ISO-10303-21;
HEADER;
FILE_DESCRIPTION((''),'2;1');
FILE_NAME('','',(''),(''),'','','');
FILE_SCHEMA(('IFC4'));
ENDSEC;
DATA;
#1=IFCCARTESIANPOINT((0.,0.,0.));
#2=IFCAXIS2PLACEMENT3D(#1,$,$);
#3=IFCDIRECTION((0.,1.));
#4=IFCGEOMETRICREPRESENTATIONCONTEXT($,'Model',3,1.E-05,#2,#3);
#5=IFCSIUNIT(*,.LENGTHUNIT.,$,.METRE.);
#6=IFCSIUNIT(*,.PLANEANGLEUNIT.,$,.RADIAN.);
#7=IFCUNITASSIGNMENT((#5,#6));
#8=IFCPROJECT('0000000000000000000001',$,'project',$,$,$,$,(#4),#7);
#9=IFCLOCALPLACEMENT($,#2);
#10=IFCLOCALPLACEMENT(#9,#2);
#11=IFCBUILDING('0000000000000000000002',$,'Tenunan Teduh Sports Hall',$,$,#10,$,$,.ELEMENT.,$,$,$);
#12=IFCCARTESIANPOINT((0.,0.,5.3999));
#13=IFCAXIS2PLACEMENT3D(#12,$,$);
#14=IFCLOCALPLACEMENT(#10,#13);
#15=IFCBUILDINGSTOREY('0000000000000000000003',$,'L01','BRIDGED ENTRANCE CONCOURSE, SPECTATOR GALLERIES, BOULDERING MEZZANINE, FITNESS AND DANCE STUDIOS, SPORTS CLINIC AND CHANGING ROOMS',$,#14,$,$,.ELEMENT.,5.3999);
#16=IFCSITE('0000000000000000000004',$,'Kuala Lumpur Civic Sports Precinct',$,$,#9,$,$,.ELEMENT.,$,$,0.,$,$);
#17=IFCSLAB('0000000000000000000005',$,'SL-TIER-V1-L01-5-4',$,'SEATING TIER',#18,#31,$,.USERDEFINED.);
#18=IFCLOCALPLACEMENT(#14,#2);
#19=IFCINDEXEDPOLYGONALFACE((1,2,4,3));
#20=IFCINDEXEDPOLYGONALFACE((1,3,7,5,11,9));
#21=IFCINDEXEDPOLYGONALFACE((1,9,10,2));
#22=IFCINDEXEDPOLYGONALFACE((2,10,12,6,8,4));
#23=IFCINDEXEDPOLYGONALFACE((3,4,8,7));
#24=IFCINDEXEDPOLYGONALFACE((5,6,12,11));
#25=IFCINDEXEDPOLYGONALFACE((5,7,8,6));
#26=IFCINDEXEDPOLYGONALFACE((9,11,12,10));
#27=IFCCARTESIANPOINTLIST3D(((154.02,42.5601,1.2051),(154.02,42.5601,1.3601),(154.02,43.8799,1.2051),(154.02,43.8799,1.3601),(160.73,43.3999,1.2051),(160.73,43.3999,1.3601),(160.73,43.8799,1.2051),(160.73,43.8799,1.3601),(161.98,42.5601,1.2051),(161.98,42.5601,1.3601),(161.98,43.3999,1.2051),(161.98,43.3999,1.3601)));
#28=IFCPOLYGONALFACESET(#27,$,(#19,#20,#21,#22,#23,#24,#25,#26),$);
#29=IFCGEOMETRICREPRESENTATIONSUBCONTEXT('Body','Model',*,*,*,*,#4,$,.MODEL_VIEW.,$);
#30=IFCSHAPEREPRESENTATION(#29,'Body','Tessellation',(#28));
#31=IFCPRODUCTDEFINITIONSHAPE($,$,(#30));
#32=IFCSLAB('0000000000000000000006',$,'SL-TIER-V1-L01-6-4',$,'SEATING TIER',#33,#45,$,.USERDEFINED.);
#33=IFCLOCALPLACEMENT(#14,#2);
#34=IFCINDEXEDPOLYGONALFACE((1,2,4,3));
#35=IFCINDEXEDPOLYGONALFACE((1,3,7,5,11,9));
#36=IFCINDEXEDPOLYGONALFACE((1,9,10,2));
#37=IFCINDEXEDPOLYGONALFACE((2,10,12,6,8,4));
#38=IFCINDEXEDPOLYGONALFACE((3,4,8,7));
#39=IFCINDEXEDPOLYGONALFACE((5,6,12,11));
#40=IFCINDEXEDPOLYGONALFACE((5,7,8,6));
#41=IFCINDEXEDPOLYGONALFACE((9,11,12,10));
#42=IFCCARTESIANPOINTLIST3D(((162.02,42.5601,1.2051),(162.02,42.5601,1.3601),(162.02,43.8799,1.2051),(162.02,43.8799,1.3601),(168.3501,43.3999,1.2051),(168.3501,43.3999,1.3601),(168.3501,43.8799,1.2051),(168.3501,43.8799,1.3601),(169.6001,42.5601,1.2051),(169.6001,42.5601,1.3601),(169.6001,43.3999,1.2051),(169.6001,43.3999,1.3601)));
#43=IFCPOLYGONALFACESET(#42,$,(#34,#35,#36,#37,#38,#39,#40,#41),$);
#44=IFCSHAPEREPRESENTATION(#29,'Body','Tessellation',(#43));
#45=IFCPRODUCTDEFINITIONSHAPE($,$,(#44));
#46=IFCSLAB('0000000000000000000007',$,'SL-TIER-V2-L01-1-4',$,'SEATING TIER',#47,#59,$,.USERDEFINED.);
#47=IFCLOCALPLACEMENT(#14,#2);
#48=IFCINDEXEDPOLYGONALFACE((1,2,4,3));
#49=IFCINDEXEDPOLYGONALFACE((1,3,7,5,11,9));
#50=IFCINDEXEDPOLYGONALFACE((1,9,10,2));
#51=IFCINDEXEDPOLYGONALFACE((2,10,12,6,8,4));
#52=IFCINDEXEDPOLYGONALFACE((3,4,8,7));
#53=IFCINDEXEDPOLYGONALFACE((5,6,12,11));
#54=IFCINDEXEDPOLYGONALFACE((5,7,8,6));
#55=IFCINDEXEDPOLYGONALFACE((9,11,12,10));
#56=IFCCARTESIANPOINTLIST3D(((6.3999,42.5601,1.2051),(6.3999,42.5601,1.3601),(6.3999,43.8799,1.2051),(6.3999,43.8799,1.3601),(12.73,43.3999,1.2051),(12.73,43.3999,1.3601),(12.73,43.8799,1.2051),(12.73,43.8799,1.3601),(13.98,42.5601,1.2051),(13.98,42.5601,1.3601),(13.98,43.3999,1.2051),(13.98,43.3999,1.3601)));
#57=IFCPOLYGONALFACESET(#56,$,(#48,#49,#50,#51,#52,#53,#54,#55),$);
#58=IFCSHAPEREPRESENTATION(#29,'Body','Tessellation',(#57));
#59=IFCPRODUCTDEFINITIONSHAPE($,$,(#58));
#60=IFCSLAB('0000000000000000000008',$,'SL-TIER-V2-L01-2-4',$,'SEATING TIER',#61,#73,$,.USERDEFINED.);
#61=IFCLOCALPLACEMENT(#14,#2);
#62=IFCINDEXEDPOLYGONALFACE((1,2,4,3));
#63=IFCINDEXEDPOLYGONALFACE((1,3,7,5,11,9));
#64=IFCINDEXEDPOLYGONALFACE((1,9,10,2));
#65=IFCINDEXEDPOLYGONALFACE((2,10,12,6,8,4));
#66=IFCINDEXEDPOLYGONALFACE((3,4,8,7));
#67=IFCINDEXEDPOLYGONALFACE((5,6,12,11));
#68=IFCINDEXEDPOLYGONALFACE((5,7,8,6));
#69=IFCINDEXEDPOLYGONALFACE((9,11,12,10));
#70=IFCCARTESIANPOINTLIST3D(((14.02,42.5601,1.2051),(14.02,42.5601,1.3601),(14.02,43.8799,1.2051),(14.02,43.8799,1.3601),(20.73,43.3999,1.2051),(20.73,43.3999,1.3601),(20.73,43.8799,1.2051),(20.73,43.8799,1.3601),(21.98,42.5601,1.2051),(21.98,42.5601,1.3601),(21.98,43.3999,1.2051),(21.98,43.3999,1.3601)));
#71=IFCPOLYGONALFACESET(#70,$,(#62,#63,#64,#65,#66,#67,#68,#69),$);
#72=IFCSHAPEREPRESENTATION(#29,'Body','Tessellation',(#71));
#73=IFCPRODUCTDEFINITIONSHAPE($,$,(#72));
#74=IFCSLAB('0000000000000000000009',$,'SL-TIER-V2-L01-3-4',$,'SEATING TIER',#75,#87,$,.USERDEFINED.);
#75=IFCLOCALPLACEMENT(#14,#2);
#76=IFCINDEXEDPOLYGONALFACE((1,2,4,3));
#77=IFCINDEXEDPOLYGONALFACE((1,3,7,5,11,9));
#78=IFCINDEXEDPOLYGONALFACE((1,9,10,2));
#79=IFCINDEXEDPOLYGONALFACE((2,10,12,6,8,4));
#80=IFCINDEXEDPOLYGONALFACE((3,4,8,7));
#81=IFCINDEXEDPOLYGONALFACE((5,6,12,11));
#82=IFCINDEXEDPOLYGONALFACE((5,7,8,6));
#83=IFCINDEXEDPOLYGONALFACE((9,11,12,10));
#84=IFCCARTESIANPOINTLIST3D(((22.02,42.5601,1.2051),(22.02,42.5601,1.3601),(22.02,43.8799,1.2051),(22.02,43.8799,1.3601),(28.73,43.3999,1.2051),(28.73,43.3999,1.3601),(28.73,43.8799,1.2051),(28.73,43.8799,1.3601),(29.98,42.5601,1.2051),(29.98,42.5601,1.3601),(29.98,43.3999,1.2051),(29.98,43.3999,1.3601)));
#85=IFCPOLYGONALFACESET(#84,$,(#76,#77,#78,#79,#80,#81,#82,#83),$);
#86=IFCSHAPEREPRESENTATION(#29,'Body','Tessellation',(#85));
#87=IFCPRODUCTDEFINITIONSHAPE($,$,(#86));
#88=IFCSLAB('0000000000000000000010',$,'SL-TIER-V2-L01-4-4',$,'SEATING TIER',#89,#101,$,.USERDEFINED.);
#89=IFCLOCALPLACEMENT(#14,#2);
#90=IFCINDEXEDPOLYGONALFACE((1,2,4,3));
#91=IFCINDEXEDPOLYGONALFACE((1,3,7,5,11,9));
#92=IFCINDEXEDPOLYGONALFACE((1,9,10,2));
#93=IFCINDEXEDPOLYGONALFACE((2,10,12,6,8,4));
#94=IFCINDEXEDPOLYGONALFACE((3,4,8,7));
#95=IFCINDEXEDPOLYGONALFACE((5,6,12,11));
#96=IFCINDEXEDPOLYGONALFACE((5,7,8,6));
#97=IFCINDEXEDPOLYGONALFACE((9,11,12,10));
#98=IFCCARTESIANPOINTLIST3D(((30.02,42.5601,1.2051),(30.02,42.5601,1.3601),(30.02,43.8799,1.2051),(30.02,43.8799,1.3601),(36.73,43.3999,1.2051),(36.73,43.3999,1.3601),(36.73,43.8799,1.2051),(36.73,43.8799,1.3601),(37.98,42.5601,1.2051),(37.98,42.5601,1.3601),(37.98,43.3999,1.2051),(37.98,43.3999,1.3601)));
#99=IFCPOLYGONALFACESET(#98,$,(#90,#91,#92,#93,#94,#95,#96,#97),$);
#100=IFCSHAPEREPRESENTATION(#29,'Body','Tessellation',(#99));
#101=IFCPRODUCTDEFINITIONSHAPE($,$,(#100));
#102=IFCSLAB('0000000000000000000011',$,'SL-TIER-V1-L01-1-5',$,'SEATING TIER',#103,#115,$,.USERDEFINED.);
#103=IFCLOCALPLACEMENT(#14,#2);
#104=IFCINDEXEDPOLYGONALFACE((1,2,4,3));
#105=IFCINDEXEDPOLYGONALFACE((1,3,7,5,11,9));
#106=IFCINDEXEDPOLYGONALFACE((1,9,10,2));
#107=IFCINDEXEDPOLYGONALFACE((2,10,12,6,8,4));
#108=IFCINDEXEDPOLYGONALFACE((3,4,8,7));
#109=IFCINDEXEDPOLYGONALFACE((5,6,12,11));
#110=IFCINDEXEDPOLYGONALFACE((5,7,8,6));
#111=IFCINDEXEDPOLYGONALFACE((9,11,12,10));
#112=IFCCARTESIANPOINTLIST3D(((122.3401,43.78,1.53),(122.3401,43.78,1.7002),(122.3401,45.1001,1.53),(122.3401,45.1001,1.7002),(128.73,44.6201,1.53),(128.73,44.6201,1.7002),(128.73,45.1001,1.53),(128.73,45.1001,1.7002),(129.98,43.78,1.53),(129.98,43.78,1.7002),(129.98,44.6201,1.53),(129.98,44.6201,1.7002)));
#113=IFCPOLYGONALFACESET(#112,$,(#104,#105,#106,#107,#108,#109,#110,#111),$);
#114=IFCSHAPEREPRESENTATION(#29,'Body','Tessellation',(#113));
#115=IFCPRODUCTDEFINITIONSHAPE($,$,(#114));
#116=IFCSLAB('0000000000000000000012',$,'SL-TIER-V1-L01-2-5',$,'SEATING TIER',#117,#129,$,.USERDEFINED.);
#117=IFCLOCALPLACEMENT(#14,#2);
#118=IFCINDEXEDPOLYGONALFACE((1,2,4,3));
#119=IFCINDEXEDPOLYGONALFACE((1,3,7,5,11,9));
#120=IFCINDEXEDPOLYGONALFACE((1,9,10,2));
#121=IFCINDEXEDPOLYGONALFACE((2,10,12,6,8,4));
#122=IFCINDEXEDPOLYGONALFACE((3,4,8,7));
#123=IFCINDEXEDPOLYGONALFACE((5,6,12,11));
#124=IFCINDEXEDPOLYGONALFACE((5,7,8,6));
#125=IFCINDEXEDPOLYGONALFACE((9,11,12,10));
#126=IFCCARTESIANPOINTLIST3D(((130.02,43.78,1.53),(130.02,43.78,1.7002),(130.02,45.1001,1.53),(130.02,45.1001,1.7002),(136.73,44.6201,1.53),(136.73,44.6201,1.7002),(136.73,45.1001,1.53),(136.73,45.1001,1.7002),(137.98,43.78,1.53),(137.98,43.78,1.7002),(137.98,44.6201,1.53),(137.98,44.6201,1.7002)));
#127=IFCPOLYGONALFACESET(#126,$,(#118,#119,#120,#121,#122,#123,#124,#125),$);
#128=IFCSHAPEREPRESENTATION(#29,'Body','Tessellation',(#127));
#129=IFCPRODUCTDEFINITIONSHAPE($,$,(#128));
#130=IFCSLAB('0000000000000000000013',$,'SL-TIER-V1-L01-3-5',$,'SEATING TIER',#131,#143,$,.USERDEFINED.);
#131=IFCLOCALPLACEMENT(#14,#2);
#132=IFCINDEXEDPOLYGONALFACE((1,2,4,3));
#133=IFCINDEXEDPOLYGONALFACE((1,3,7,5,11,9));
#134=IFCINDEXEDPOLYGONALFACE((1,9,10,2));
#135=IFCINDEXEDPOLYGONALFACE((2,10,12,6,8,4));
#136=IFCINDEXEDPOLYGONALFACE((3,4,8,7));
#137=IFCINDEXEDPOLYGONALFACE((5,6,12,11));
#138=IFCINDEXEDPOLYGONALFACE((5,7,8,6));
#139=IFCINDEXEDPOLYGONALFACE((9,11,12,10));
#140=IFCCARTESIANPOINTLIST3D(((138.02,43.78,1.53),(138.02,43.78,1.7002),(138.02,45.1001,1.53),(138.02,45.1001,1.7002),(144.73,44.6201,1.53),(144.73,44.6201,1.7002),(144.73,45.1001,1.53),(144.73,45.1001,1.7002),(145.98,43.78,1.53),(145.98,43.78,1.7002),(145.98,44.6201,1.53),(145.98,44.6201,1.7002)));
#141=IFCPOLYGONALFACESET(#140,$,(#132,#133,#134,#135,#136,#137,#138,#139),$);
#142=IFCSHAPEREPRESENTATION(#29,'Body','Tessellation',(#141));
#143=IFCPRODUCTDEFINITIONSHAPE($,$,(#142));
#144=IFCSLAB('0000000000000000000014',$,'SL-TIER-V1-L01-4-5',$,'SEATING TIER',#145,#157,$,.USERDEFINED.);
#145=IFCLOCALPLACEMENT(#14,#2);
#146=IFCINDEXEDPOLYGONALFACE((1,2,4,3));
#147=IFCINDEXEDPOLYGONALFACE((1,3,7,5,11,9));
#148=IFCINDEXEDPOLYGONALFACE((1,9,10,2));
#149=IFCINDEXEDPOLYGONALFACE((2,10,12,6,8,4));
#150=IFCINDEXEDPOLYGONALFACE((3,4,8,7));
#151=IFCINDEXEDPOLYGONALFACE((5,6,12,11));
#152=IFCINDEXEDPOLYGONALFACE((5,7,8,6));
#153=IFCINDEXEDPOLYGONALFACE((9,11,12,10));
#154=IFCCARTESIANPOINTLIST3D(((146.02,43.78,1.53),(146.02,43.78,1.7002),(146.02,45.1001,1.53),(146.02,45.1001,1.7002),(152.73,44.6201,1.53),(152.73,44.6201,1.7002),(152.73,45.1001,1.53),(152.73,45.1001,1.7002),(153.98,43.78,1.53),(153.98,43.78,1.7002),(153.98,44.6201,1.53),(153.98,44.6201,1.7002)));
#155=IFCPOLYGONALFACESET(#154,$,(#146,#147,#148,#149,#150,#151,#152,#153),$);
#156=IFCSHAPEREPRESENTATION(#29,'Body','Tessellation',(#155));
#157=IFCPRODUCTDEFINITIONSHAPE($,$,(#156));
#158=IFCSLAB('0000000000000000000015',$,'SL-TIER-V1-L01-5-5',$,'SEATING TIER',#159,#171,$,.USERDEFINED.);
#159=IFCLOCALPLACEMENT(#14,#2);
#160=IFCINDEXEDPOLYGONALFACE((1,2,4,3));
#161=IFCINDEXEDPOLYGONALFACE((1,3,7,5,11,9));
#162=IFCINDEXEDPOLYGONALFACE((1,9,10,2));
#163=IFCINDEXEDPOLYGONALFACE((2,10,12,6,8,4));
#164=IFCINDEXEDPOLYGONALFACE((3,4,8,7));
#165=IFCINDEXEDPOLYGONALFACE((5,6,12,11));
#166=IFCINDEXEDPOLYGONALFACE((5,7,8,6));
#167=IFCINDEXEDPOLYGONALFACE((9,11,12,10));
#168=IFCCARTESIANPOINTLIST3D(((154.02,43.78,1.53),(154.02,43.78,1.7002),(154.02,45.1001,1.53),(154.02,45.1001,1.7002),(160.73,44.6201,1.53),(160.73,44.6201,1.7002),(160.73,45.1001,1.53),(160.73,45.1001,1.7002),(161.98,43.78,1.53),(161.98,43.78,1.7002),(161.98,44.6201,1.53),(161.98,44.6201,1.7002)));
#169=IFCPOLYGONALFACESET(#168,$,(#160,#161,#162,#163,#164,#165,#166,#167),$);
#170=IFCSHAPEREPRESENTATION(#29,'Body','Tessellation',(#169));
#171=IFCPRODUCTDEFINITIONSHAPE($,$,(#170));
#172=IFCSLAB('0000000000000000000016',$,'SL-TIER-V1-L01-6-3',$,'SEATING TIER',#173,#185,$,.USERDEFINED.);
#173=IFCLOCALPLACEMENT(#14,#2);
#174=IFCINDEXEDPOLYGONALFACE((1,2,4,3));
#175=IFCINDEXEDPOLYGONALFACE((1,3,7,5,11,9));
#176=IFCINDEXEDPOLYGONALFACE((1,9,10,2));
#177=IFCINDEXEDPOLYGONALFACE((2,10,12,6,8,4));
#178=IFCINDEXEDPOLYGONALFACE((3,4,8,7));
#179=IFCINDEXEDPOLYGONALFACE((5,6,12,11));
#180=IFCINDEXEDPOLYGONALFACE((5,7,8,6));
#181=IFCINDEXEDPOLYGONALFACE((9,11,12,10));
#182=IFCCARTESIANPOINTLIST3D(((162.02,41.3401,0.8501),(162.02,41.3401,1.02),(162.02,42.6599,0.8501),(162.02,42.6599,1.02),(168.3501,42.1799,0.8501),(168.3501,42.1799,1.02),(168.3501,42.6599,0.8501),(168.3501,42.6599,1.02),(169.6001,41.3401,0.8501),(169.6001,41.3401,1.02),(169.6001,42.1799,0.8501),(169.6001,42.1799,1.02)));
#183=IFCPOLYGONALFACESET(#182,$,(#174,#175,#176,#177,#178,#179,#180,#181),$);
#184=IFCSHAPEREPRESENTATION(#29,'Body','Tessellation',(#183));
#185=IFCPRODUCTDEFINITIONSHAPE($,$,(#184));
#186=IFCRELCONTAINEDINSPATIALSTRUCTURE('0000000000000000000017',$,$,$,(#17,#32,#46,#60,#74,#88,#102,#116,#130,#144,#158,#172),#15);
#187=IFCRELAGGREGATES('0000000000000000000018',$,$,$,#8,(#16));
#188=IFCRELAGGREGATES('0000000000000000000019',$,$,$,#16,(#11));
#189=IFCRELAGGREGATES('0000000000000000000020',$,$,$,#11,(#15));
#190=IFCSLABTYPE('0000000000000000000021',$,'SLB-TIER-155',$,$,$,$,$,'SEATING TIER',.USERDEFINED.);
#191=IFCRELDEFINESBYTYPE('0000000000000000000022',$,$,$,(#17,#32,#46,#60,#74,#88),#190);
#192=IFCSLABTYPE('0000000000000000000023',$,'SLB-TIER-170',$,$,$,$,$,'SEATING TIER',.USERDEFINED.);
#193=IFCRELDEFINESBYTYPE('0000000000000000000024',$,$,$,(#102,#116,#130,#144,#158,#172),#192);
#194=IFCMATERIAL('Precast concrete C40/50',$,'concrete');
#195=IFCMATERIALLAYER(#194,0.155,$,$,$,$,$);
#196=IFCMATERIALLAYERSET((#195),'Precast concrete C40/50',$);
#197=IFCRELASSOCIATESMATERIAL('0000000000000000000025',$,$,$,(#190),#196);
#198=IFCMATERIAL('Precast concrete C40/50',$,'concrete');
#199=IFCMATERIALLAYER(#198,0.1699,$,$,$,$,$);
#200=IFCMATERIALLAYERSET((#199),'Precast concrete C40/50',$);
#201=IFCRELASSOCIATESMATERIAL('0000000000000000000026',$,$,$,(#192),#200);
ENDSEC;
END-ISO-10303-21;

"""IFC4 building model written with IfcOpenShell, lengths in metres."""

from ifc_helpers import new_model, si_unit, direction, frame, origin, place, context, subcontext, project, spatial, polyline, outline, extrude, material, layer, layer_set, type_object, element, save


model = new_model("IFC4")

# Units and contexts
model_context = context("Model", 3, precision=1e-05, world=origin(), true_north=direction((0.0, 1.0)))
body_context = subcontext(model_context, "Body", "Model", "MODEL_VIEW")
ifc_project = project(units=[si_unit("LENGTHUNIT", "METRE"), si_unit("PLANEANGLEUNIT", "RADIAN")], contexts=[model_context])

# Site, building, storey
site_placement = place(None, origin())
site = spatial("IfcSite", under=ifc_project, at=site_placement, Name="Kuala Lumpur Civic Sports Precinct", CompositionType="ELEMENT", RefElevation=0.0)
building_placement = place(site_placement, origin())
building = spatial("IfcBuilding", under=site, at=building_placement, Name="Tenunan Teduh Sports Hall", CompositionType="ELEMENT")
storey_placement = place(building_placement, frame((0.0, 0.0, 5.3999)))
storey = spatial("IfcBuildingStorey", under=building, at=storey_placement, Name="L01", Description="BRIDGED ENTRANCE CONCOURSE, SPECTATOR GALLERIES, BOULDERING MEZZANINE, FITNESS AND DANCE STUDIOS, SPORTS CLINIC AND CHANGING ROOMS", CompositionType="ELEMENT", Elevation=5.3999)

# Slabs
ifc_material_1 = material(Name="Precast concrete C40/50", Category="concrete")
ifc_layer_1 = layer(ifc_material_1, 0.155)
ifc_layer_set_1 = layer_set([ifc_layer_1], Name="Precast concrete C40/50")
slab_type_1 = type_object("IfcSlabType", Name="SLB-TIER-155", ElementType="SEATING TIER", PredefinedType="USERDEFINED", material=ifc_layer_set_1)
slab_1_placement = place(storey_placement, frame((0.0, 0.0, 1.2051)))
element("IfcSlab", 1, at=slab_1_placement, inside=storey, type_object=slab_type_1, Name="SL-TIER-V1-L01-5-4", ObjectType="SEATING TIER", PredefinedType="USERDEFINED", context=body_context, shape_type="SweptSolid", body=[
    extrude(outline(polyline([(154.02, 42.5601), (161.98, 42.5601), (161.98, 43.3999), (160.73, 43.3999), (160.73, 43.8799), (154.02, 43.8799), (154.02, 42.5601)])), origin(), (0.0, 0.0, 1.0), 0.155),
])
slab_2_placement = place(storey_placement, frame((0.0, 0.0, 1.2051)))
element("IfcSlab", 2, at=slab_2_placement, inside=storey, type_object=slab_type_1, Name="SL-TIER-V1-L01-6-4", ObjectType="SEATING TIER", PredefinedType="USERDEFINED", context=body_context, shape_type="SweptSolid", body=[
    extrude(outline(polyline([(162.02, 42.5601), (169.6001, 42.5601), (169.6001, 43.3999), (168.3501, 43.3999), (168.3501, 43.8799), (162.02, 43.8799), (162.02, 42.5601)])), origin(), (0.0, 0.0, 1.0), 0.155),
])
slab_3_placement = place(storey_placement, frame((0.0, 0.0, 1.2051)))
element("IfcSlab", 3, at=slab_3_placement, inside=storey, type_object=slab_type_1, Name="SL-TIER-V2-L01-1-4", ObjectType="SEATING TIER", PredefinedType="USERDEFINED", context=body_context, shape_type="SweptSolid", body=[
    extrude(outline(polyline([(6.3999, 42.5601), (13.98, 42.5601), (13.98, 43.3999), (12.73, 43.3999), (12.73, 43.8799), (6.3999, 43.8799), (6.3999, 42.5601)])), origin(), (0.0, 0.0, 1.0), 0.155),
])
slab_4_placement = place(storey_placement, frame((0.0, 0.0, 1.2051)))
element("IfcSlab", 4, at=slab_4_placement, inside=storey, type_object=slab_type_1, Name="SL-TIER-V2-L01-2-4", ObjectType="SEATING TIER", PredefinedType="USERDEFINED", context=body_context, shape_type="SweptSolid", body=[
    extrude(outline(polyline([(14.02, 42.5601), (21.98, 42.5601), (21.98, 43.3999), (20.73, 43.3999), (20.73, 43.8799), (14.02, 43.8799), (14.02, 42.5601)])), origin(), (0.0, 0.0, 1.0), 0.155),
])
slab_5_placement = place(storey_placement, frame((0.0, 0.0, 1.2051)))
element("IfcSlab", 5, at=slab_5_placement, inside=storey, type_object=slab_type_1, Name="SL-TIER-V2-L01-3-4", ObjectType="SEATING TIER", PredefinedType="USERDEFINED", context=body_context, shape_type="SweptSolid", body=[
    extrude(outline(polyline([(22.02, 42.5601), (29.98, 42.5601), (29.98, 43.3999), (28.73, 43.3999), (28.73, 43.8799), (22.02, 43.8799), (22.02, 42.5601)])), origin(), (0.0, 0.0, 1.0), 0.155),
])
slab_6_placement = place(storey_placement, frame((0.0, 0.0, 1.2051)))
element("IfcSlab", 6, at=slab_6_placement, inside=storey, type_object=slab_type_1, Name="SL-TIER-V2-L01-4-4", ObjectType="SEATING TIER", PredefinedType="USERDEFINED", context=body_context, shape_type="SweptSolid", body=[
    extrude(outline(polyline([(30.02, 42.5601), (37.98, 42.5601), (37.98, 43.3999), (36.73, 43.3999), (36.73, 43.8799), (30.02, 43.8799), (30.02, 42.5601)])), origin(), (0.0, 0.0, 1.0), 0.155),
])
ifc_material_2 = material(Name="Precast concrete C40/50", Category="concrete")
ifc_layer_2 = layer(ifc_material_2, 0.1699)
ifc_layer_set_2 = layer_set([ifc_layer_2], Name="Precast concrete C40/50")
slab_type_2 = type_object("IfcSlabType", Name="SLB-TIER-170", ElementType="SEATING TIER", PredefinedType="USERDEFINED", material=ifc_layer_set_2)
slab_7_placement = place(storey_placement, frame((0.0, 0.0, 1.53)))
element("IfcSlab", 7, at=slab_7_placement, inside=storey, type_object=slab_type_2, Name="SL-TIER-V1-L01-1-5", ObjectType="SEATING TIER", PredefinedType="USERDEFINED", context=body_context, shape_type="SweptSolid", body=[
    extrude(outline(polyline([(122.3401, 43.78), (129.98, 43.78), (129.98, 44.6201), (128.73, 44.6201), (128.73, 45.1001), (122.3401, 45.1001), (122.3401, 43.78)])), origin(), (0.0, 0.0, 1.0), 0.1702),
])
slab_8_placement = place(storey_placement, frame((0.0, 0.0, 1.53)))
element("IfcSlab", 8, at=slab_8_placement, inside=storey, type_object=slab_type_2, Name="SL-TIER-V1-L01-2-5", ObjectType="SEATING TIER", PredefinedType="USERDEFINED", context=body_context, shape_type="SweptSolid", body=[
    extrude(outline(polyline([(130.02, 43.78), (137.98, 43.78), (137.98, 44.6201), (136.73, 44.6201), (136.73, 45.1001), (130.02, 45.1001), (130.02, 43.78)])), origin(), (0.0, 0.0, 1.0), 0.1702),
])
slab_9_placement = place(storey_placement, frame((0.0, 0.0, 1.53)))
element("IfcSlab", 9, at=slab_9_placement, inside=storey, type_object=slab_type_2, Name="SL-TIER-V1-L01-3-5", ObjectType="SEATING TIER", PredefinedType="USERDEFINED", context=body_context, shape_type="SweptSolid", body=[
    extrude(outline(polyline([(138.02, 43.78), (145.98, 43.78), (145.98, 44.6201), (144.73, 44.6201), (144.73, 45.1001), (138.02, 45.1001), (138.02, 43.78)])), origin(), (0.0, 0.0, 1.0), 0.1702),
])
slab_10_placement = place(storey_placement, frame((0.0, 0.0, 1.53)))
element("IfcSlab", 10, at=slab_10_placement, inside=storey, type_object=slab_type_2, Name="SL-TIER-V1-L01-4-5", ObjectType="SEATING TIER", PredefinedType="USERDEFINED", context=body_context, shape_type="SweptSolid", body=[
    extrude(outline(polyline([(146.02, 43.78), (153.98, 43.78), (153.98, 44.6201), (152.73, 44.6201), (152.73, 45.1001), (146.02, 45.1001), (146.02, 43.78)])), origin(), (0.0, 0.0, 1.0), 0.1702),
])
slab_11_placement = place(storey_placement, frame((0.0, 0.0, 1.53)))
element("IfcSlab", 11, at=slab_11_placement, inside=storey, type_object=slab_type_2, Name="SL-TIER-V1-L01-5-5", ObjectType="SEATING TIER", PredefinedType="USERDEFINED", context=body_context, shape_type="SweptSolid", body=[
    extrude(outline(polyline([(154.02, 43.78), (161.98, 43.78), (161.98, 44.6201), (160.73, 44.6201), (160.73, 45.1001), (154.02, 45.1001), (154.02, 43.78)])), origin(), (0.0, 0.0, 1.0), 0.1702),
])
slab_12_placement = place(storey_placement, frame((0.0, 0.0, 0.8501)))
element("IfcSlab", 12, at=slab_12_placement, inside=storey, type_object=slab_type_2, Name="SL-TIER-V1-L01-6-3", ObjectType="SEATING TIER", PredefinedType="USERDEFINED", context=body_context, shape_type="SweptSolid", body=[
    extrude(outline(polyline([(162.02, 41.3401), (169.6001, 41.3401), (169.6001, 42.1799), (168.3501, 42.1799), (168.3501, 42.6599), (162.02, 42.6599), (162.02, 41.3401)])), origin(), (0.0, 0.0, 1.0), 0.1699),
])

save(model, "model.ifc")
